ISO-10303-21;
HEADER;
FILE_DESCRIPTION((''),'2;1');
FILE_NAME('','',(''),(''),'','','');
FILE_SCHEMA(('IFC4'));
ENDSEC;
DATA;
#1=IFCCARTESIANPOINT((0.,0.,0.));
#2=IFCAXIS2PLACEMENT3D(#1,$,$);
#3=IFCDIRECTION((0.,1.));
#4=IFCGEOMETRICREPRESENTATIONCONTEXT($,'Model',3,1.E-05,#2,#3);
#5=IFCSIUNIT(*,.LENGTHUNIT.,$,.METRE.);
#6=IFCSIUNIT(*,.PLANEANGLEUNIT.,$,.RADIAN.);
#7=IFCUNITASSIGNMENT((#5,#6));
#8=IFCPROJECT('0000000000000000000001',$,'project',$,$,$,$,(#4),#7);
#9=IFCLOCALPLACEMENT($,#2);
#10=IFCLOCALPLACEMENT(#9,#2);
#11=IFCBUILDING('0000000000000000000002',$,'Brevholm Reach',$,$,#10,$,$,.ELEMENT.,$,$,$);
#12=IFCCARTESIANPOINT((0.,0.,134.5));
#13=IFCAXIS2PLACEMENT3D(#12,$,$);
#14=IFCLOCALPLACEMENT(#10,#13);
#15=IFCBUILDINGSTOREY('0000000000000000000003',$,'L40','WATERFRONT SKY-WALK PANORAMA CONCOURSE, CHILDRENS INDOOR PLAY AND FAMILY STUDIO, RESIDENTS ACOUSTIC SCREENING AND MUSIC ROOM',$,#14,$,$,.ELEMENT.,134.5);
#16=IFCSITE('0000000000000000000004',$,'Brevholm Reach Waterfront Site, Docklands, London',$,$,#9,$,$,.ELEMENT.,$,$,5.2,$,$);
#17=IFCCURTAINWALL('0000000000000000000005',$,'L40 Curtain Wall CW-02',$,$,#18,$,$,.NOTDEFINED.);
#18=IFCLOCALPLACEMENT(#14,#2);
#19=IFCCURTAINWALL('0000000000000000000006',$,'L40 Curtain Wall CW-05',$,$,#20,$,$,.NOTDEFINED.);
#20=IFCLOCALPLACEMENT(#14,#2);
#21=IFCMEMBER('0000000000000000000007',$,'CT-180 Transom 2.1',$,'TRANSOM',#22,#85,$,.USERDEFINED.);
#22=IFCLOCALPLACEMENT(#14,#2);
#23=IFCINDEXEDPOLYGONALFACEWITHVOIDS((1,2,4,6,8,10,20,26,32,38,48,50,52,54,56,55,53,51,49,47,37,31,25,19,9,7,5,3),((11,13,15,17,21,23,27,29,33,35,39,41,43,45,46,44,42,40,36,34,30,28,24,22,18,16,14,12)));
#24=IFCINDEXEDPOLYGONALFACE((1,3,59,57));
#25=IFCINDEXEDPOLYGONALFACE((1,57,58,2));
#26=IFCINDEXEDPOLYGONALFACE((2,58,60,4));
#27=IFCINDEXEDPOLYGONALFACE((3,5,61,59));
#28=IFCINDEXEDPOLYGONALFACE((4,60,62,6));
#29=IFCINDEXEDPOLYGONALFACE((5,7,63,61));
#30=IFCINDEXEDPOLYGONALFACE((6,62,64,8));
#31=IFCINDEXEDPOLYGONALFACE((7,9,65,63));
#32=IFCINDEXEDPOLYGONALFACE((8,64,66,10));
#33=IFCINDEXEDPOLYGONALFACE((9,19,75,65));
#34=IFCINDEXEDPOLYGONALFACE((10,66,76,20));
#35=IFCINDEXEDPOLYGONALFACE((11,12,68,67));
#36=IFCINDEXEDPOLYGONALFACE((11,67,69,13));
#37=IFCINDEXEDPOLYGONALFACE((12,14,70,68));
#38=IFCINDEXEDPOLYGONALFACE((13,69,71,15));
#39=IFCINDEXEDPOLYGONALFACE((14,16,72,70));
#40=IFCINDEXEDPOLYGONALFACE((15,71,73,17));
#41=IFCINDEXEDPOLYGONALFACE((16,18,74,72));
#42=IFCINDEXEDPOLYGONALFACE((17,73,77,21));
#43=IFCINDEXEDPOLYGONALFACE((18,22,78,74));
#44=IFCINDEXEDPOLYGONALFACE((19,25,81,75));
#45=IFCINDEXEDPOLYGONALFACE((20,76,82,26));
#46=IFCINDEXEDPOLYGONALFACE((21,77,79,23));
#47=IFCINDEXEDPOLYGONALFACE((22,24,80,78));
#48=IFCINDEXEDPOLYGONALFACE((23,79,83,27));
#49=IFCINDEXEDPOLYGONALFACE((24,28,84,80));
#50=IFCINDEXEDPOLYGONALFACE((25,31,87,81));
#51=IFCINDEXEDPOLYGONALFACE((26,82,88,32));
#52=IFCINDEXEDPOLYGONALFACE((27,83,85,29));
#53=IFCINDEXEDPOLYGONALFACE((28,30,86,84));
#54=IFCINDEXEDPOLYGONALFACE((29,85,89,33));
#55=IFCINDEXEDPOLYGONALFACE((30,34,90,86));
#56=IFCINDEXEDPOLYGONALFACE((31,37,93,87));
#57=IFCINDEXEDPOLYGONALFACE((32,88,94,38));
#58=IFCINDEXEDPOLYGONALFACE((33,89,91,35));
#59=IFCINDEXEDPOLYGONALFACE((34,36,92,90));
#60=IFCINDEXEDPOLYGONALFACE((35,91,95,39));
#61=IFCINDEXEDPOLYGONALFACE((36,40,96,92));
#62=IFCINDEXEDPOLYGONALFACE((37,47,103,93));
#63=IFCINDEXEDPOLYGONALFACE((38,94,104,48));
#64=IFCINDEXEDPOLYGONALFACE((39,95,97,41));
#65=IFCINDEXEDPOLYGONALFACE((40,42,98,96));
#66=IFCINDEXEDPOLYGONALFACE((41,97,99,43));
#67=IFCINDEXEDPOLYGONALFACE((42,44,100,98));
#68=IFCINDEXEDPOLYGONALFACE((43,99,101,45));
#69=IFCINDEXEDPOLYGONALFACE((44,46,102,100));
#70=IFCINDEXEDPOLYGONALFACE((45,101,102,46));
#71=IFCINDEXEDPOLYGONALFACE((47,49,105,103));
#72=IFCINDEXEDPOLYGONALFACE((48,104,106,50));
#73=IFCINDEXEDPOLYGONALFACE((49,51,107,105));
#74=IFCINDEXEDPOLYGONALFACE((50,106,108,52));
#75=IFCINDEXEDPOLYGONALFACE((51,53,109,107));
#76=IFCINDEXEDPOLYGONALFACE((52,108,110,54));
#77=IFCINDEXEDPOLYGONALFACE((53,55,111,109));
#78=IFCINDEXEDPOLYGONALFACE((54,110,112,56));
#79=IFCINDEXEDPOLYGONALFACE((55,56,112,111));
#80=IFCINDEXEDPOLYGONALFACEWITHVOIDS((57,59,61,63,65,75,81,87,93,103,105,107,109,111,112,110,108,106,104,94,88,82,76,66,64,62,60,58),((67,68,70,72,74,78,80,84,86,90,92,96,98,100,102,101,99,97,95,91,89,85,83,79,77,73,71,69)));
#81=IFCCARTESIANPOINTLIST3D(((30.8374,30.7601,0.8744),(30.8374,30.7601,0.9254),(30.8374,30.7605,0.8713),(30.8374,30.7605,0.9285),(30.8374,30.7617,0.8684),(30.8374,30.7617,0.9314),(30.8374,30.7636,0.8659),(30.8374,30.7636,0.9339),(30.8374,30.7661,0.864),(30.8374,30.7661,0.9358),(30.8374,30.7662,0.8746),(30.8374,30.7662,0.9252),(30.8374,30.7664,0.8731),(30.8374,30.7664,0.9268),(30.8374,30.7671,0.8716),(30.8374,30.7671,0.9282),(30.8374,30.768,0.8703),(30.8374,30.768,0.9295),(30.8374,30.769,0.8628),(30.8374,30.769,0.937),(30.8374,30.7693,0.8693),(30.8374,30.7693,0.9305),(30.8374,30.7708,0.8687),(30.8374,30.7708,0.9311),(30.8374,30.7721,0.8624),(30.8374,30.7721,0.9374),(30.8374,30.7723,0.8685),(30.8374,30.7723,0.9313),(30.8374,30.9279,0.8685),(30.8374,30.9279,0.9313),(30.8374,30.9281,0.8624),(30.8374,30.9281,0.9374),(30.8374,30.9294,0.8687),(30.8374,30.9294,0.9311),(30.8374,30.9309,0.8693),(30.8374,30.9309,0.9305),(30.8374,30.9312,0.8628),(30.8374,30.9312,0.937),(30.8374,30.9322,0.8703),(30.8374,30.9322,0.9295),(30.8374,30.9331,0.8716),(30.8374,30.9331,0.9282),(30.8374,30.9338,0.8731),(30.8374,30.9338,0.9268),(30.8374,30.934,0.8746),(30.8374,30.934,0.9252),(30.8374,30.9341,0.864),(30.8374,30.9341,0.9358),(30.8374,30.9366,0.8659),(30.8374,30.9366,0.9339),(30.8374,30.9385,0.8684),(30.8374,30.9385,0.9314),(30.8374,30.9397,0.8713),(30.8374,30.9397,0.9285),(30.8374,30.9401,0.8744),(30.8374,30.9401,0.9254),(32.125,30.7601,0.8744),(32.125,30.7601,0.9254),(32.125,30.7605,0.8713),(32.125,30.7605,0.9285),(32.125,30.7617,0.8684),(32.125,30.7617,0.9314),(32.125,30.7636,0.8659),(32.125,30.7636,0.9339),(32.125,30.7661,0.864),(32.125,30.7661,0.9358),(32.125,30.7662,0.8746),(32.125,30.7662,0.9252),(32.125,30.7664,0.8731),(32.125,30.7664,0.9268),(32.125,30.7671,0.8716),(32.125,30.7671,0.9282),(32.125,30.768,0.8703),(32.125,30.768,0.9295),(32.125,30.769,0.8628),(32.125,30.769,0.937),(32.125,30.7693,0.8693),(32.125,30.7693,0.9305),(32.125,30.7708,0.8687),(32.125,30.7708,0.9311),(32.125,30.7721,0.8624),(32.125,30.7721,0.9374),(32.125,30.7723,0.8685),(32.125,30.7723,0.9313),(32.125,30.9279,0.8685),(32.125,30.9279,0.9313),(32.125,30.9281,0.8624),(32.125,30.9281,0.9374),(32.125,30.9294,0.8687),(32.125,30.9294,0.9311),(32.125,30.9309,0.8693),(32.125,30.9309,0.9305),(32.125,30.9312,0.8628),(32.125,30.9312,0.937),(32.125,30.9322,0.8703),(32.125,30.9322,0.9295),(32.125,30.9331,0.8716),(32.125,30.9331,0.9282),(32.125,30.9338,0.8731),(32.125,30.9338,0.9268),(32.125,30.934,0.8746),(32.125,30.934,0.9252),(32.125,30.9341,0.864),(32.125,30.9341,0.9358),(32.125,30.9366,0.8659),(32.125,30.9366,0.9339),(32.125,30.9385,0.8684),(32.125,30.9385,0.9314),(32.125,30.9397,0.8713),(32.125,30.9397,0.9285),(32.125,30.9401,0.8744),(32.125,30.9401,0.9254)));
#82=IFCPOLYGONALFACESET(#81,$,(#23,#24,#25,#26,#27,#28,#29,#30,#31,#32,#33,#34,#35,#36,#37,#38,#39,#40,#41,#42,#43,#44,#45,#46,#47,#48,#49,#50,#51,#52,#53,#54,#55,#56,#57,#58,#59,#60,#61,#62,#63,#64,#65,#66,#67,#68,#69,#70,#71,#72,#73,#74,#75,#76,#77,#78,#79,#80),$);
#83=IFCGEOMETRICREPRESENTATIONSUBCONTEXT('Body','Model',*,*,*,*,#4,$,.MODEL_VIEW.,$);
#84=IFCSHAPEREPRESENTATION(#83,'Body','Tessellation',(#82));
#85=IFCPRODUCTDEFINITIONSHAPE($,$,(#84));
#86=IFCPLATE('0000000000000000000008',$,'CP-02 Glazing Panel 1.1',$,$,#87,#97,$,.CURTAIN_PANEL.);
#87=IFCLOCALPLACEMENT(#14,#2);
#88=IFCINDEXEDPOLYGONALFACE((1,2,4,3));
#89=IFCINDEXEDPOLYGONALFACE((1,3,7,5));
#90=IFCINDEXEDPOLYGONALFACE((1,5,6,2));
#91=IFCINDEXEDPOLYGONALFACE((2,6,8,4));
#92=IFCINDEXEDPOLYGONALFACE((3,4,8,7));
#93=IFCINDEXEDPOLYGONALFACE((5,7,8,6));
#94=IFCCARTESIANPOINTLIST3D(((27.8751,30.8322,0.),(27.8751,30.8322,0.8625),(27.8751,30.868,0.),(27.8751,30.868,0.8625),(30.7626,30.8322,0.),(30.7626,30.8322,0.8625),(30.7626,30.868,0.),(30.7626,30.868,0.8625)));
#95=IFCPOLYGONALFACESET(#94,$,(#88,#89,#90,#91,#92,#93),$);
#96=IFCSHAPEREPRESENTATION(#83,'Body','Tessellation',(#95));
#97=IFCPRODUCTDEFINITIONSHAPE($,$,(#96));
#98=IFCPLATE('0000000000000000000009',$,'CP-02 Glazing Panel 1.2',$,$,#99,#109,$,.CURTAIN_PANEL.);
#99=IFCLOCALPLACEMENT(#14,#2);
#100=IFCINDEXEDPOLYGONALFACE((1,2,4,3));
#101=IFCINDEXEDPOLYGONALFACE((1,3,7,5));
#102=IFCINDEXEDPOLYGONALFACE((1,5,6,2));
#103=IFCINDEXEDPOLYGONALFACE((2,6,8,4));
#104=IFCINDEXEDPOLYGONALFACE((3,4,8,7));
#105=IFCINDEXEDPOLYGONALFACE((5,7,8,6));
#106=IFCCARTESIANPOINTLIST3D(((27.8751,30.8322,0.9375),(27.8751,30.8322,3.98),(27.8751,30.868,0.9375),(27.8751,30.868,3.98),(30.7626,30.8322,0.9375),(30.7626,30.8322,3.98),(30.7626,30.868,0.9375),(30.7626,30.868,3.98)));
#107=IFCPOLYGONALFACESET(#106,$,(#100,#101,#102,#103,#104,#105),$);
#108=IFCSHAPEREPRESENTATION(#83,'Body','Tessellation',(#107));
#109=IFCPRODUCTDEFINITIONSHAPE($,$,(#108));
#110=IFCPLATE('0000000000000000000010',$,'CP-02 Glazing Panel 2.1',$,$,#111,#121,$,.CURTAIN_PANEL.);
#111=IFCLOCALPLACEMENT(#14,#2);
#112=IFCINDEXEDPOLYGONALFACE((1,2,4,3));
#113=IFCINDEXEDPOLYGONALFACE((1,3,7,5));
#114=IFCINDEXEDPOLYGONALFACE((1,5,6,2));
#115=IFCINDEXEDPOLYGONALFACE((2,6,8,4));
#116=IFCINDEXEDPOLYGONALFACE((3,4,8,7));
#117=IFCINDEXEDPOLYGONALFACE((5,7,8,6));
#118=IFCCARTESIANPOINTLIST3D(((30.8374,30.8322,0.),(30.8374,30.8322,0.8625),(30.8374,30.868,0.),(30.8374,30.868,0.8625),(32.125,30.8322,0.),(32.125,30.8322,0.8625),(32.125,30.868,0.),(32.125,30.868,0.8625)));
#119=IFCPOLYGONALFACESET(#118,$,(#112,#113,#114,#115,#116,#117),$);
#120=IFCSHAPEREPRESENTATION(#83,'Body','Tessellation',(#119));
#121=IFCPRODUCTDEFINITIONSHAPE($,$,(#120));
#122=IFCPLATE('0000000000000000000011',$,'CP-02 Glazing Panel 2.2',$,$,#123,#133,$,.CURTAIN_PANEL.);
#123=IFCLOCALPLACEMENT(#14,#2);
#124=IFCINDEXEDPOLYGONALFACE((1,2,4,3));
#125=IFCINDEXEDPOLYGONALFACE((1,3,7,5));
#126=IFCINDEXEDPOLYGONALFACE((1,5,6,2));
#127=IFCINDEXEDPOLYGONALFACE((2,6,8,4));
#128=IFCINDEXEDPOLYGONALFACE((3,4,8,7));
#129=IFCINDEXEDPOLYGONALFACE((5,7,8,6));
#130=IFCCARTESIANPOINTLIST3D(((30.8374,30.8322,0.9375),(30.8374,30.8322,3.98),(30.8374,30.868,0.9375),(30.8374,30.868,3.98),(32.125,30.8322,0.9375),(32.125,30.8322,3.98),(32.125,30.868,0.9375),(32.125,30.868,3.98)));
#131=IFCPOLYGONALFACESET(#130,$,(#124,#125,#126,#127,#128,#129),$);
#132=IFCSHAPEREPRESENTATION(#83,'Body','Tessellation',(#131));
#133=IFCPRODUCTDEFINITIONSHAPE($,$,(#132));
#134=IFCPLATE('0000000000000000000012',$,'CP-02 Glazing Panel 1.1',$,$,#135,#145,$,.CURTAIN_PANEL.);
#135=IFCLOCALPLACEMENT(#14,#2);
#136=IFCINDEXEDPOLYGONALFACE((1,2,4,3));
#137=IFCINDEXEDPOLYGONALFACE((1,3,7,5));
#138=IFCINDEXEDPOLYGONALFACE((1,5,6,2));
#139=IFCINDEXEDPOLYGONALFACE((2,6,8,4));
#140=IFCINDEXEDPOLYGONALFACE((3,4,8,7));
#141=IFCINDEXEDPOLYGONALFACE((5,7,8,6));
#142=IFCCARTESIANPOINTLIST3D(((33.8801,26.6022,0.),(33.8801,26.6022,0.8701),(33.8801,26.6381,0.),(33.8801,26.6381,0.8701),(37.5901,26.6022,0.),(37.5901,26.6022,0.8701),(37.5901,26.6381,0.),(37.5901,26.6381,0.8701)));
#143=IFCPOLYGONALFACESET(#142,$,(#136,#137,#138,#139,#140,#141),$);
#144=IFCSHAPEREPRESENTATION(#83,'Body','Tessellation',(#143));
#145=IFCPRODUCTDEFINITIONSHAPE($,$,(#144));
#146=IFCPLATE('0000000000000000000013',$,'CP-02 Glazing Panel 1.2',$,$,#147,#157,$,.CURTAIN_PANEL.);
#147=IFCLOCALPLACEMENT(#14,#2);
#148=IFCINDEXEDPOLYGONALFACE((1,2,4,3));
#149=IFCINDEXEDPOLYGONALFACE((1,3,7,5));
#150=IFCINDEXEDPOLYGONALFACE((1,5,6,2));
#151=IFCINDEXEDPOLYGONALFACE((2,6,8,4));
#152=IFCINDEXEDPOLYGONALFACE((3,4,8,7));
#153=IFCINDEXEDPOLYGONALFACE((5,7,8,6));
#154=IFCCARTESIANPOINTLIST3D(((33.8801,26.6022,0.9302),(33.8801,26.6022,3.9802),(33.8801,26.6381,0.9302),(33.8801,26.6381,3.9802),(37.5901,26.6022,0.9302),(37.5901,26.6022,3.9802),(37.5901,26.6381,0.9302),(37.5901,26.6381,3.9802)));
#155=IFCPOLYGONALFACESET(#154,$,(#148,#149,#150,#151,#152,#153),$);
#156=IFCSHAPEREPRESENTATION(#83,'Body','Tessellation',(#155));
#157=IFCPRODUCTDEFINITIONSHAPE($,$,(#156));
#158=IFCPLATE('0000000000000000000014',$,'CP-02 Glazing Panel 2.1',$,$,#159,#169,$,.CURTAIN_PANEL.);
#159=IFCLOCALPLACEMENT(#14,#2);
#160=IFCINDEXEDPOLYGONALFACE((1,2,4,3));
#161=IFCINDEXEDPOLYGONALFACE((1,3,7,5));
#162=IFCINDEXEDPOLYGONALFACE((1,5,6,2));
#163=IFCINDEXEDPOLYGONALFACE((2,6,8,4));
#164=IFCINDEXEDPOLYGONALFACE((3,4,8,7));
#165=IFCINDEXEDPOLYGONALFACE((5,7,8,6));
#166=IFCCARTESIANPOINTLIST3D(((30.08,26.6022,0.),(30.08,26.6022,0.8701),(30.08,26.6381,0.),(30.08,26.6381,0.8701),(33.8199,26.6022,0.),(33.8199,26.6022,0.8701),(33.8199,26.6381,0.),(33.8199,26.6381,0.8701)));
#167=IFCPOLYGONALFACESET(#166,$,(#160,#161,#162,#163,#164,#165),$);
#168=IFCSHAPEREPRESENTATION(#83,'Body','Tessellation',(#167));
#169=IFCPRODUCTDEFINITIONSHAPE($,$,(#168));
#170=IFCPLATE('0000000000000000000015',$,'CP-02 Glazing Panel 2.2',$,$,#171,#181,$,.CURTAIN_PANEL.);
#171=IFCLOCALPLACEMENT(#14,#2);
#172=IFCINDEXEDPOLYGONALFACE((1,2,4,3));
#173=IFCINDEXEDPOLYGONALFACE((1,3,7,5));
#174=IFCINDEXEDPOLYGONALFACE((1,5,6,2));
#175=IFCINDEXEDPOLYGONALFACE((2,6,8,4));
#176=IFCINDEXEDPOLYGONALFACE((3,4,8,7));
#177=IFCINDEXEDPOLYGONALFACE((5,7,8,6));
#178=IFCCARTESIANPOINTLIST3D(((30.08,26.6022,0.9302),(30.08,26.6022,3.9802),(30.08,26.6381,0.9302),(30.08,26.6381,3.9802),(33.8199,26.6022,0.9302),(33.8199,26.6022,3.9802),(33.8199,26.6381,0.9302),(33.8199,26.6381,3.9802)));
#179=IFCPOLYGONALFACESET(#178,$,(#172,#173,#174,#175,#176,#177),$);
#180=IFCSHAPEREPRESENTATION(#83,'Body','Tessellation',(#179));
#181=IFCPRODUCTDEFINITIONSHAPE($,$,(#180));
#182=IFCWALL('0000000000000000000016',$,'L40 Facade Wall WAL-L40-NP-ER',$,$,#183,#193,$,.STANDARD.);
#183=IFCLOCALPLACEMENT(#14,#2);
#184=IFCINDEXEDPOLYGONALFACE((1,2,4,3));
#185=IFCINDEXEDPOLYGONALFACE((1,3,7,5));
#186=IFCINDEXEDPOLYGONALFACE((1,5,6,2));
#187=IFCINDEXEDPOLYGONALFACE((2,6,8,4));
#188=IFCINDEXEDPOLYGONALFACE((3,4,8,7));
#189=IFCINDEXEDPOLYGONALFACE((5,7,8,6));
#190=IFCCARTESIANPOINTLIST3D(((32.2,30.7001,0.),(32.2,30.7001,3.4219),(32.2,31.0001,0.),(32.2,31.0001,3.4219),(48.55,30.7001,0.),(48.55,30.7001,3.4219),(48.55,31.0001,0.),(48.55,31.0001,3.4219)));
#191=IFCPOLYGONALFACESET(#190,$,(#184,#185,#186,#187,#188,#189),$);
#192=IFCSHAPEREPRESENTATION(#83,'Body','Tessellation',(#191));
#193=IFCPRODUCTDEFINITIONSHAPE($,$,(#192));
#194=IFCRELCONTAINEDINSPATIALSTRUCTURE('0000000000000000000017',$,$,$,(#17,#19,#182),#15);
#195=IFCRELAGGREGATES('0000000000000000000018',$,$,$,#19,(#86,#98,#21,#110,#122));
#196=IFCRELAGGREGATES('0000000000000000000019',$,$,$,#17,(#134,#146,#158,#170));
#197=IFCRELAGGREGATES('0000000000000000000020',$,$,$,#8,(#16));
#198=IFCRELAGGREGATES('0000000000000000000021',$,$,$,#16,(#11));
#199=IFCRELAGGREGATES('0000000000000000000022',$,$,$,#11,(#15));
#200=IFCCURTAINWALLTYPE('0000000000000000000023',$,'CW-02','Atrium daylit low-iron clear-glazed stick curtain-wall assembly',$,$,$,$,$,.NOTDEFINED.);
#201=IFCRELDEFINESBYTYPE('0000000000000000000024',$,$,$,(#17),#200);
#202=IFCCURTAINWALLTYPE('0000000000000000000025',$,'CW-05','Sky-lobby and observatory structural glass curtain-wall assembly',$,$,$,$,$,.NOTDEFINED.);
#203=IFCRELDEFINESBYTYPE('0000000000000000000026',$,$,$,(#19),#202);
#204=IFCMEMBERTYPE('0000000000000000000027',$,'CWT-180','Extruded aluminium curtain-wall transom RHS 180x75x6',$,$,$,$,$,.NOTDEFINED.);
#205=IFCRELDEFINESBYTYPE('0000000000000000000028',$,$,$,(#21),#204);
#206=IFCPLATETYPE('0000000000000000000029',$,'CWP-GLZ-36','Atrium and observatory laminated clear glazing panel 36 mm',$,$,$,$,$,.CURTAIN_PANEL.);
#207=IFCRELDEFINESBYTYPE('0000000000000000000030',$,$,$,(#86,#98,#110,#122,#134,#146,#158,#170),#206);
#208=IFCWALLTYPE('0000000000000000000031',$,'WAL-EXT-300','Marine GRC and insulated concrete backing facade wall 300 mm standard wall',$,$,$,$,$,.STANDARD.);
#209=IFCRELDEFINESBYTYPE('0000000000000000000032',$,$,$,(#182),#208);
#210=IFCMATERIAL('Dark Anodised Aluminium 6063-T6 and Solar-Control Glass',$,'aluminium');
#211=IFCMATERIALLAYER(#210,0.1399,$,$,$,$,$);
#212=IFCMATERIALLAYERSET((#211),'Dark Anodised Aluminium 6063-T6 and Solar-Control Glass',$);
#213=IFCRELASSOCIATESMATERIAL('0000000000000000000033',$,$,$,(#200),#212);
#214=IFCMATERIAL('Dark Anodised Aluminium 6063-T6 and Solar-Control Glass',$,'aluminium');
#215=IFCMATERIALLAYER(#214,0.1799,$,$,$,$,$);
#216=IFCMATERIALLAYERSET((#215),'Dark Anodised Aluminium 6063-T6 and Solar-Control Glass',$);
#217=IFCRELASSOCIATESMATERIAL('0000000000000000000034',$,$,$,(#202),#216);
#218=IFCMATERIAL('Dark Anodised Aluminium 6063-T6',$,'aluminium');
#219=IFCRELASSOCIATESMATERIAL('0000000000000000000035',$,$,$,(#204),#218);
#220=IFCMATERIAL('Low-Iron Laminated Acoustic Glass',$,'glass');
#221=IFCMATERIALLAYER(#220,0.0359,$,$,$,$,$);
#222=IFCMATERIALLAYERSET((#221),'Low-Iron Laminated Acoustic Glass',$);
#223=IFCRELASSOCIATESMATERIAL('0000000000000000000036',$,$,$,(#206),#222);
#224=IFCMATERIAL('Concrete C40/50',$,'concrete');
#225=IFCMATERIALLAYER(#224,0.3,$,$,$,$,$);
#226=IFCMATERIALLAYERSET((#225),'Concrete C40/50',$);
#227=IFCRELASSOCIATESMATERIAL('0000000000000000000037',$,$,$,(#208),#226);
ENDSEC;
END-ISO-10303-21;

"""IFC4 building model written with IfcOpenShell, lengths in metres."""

from ifc_helpers import new_model, si_unit, direction, frame, frame_2d, origin, origin_2d, place, context, subcontext, project, spatial, rectangle, hollow_rectangle, extrude, material, layer, layer_set, material_profile, profile_set, type_object, element, aggregate, save


model = new_model("IFC4")

# Units and contexts
model_context = context("Model", 3, precision=1e-05, world=origin(), true_north=direction((0.0, 1.0)))
body_context = subcontext(model_context, "Body", "Model", "MODEL_VIEW")
ifc_project = project(units=[si_unit("LENGTHUNIT", "METRE"), si_unit("PLANEANGLEUNIT", "RADIAN")], contexts=[model_context])

# Site, building, storey
site_placement = place(None, origin())
site = spatial("IfcSite", under=ifc_project, at=site_placement, Name="Brevholm Reach Waterfront Site, Docklands, London", CompositionType="ELEMENT", RefElevation=5.2)
building_placement = place(site_placement, origin())
building = spatial("IfcBuilding", under=site, at=building_placement, Name="Brevholm Reach", CompositionType="ELEMENT")
storey_placement = place(building_placement, frame((0.0, 0.0, 134.5)))
storey = spatial("IfcBuildingStorey", under=building, at=storey_placement, Name="L40", Description="WATERFRONT SKY-WALK PANORAMA CONCOURSE, CHILDRENS INDOOR PLAY AND FAMILY STUDIO, RESIDENTS ACOUSTIC SCREENING AND MUSIC ROOM", CompositionType="ELEMENT", Elevation=134.5)

# Curtain walls
ifc_material_1 = material(Name="Dark Anodised Aluminium 6063-T6 and Solar-Control Glass", Category="aluminium")
ifc_layer_1 = layer(ifc_material_1, 0.1399)
ifc_layer_set_1 = layer_set([ifc_layer_1], Name="Dark Anodised Aluminium 6063-T6 and Solar-Control Glass")
curtain_wall_type_1 = type_object("IfcCurtainWallType", Name="CW-02", Description="Atrium daylit low-iron clear-glazed stick curtain-wall assembly", PredefinedType="NOTDEFINED", material=ifc_layer_set_1)
curtain_wall_1_placement = place(storey_placement, origin())
curtain_wall_1 = element("IfcCurtainWall", 1, at=curtain_wall_1_placement, inside=storey, type_object=curtain_wall_type_1, Name="L40 Curtain Wall CW-02", PredefinedType="NOTDEFINED")
ifc_material_2 = material(Name="Dark Anodised Aluminium 6063-T6 and Solar-Control Glass", Category="aluminium")
ifc_layer_2 = layer(ifc_material_2, 0.1799)
ifc_layer_set_2 = layer_set([ifc_layer_2], Name="Dark Anodised Aluminium 6063-T6 and Solar-Control Glass")
curtain_wall_type_2 = type_object("IfcCurtainWallType", Name="CW-05", Description="Sky-lobby and observatory structural glass curtain-wall assembly", PredefinedType="NOTDEFINED", material=ifc_layer_set_2)
curtain_wall_2_placement = place(storey_placement, origin())
curtain_wall_2 = element("IfcCurtainWall", 2, at=curtain_wall_2_placement, inside=storey, type_object=curtain_wall_type_2, Name="L40 Curtain Wall CW-05", PredefinedType="NOTDEFINED")

# Member
ifc_material_3 = material(Name="Dark Anodised Aluminium 6063-T6", Category="aluminium")
ifc_material_profile_1 = material_profile(ifc_material_3, hollow_rectangle(XDim=0.075, YDim=0.1799, WallThickness=0.0061, InnerFilletRadius=0.0061, OuterFilletRadius=0.012, at=origin_2d()), Name="RHS 180x75x6")
ifc_profile_set_1 = profile_set([ifc_material_profile_1], Name="Dark Anodised Aluminium 6063-T6")
member_type_1 = type_object("IfcMemberType", Name="CWT-180", Description="Extruded aluminium curtain-wall transom RHS 180x75x6", PredefinedType="NOTDEFINED", material=ifc_profile_set_1)
member_1_placement = place(storey_placement, frame((30.8374, 30.8501, 0.8999), z_axis=(1.0, 0.0, 0.0), x_axis=(0.0, 0.0, 1.0)))
member_1 = element("IfcMember", 3, at=member_1_placement, type_object=member_type_1, Name="CT-180 Transom 2.1", ObjectType="TRANSOM", PredefinedType="USERDEFINED", context=body_context, shape_type="SweptSolid", body=[
    extrude(hollow_rectangle(XDim=0.075, YDim=0.1799, WallThickness=0.0061, InnerFilletRadius=0.0061, OuterFilletRadius=0.012, at=origin_2d()), origin(), (0.0, 0.0, 1.0), 1.2876),
])

# Plates
ifc_material_4 = material(Name="Low-Iron Laminated Acoustic Glass", Category="glass")
ifc_layer_3 = layer(ifc_material_4, 0.0359)
ifc_layer_set_3 = layer_set([ifc_layer_3], Name="Low-Iron Laminated Acoustic Glass")
plate_type = type_object("IfcPlateType", Name="CWP-GLZ-36", Description="Atrium and observatory laminated clear glazing panel 36 mm", PredefinedType="CURTAIN_PANEL", material=ifc_layer_set_3)
plate_1_placement = place(storey_placement, frame((29.3188, 30.8501, 0.0), z_axis=(0.0, 0.0, 1.0), x_axis=(1.0, 0.0, 0.0)))
plate_1 = element("IfcPlate", 4, at=plate_1_placement, type_object=plate_type, Name="CP-02 Glazing Panel 1.1", PredefinedType="CURTAIN_PANEL", context=body_context, shape_type="SweptSolid", body=[
    extrude(rectangle(XDim=2.8875, YDim=0.0359, at=origin_2d()), origin(), (0.0, 0.0, 1.0), 0.8625),
])
plate_2_placement = place(storey_placement, frame((29.3188, 30.8501, 0.9375), z_axis=(0.0, 0.0, 1.0), x_axis=(1.0, 0.0, 0.0)))
plate_2 = element("IfcPlate", 5, at=plate_2_placement, type_object=plate_type, Name="CP-02 Glazing Panel 1.2", PredefinedType="CURTAIN_PANEL", context=body_context, shape_type="SweptSolid", body=[
    extrude(rectangle(XDim=2.8875, YDim=0.0359, at=origin_2d()), origin(), (0.0, 0.0, 1.0), 3.0425),
])
plate_3_placement = place(storey_placement, frame((31.4812, 30.8501, 0.0), z_axis=(0.0, 0.0, 1.0), x_axis=(1.0, 0.0, 0.0)))
plate_3 = element("IfcPlate", 6, at=plate_3_placement, type_object=plate_type, Name="CP-02 Glazing Panel 2.1", PredefinedType="CURTAIN_PANEL", context=body_context, shape_type="SweptSolid", body=[
    extrude(rectangle(XDim=1.2876, YDim=0.0359, at=origin_2d()), origin(), (0.0, 0.0, 1.0), 0.8625),
])
plate_4_placement = place(storey_placement, frame((31.4812, 30.8501, 0.9375), z_axis=(0.0, 0.0, 1.0), x_axis=(1.0, 0.0, 0.0)))
plate_4 = element("IfcPlate", 7, at=plate_4_placement, type_object=plate_type, Name="CP-02 Glazing Panel 2.2", PredefinedType="CURTAIN_PANEL", context=body_context, shape_type="SweptSolid", body=[
    extrude(rectangle(XDim=1.2876, YDim=0.0359, at=origin_2d()), origin(), (0.0, 0.0, 1.0), 3.0425),
])
aggregate(curtain_wall_2, [plate_1, plate_2, member_1, plate_3, plate_4])
plate_5_placement = place(storey_placement, frame((35.7351, 26.6201, 0.0), z_axis=(0.0, 0.0, 1.0), x_axis=(-1.0, 0.0, 0.0)))
plate_5 = element("IfcPlate", 8, at=plate_5_placement, type_object=plate_type, Name="CP-02 Glazing Panel 1.1", PredefinedType="CURTAIN_PANEL", context=body_context, shape_type="SweptSolid", body=[
    extrude(rectangle(XDim=3.71, YDim=0.0359, at=origin_2d()), origin(), (0.0, 0.0, 1.0), 0.8701),
])
plate_6_placement = place(storey_placement, frame((35.7351, 26.6201, 0.9302), z_axis=(0.0, 0.0, 1.0), x_axis=(-1.0, 0.0, 0.0)))
plate_6 = element("IfcPlate", 9, at=plate_6_placement, type_object=plate_type, Name="CP-02 Glazing Panel 1.2", PredefinedType="CURTAIN_PANEL", context=body_context, shape_type="SweptSolid", body=[
    extrude(rectangle(XDim=3.71, YDim=0.0359, at=origin_2d()), origin(), (0.0, 0.0, 1.0), 3.05),
])
plate_7_placement = place(storey_placement, frame((31.95, 26.6201, 0.0), z_axis=(0.0, 0.0, 1.0), x_axis=(-1.0, 0.0, 0.0)))
plate_7 = element("IfcPlate", 10, at=plate_7_placement, type_object=plate_type, Name="CP-02 Glazing Panel 2.1", PredefinedType="CURTAIN_PANEL", context=body_context, shape_type="SweptSolid", body=[
    extrude(rectangle(XDim=3.74, YDim=0.0359, at=origin_2d()), origin(), (0.0, 0.0, 1.0), 0.8701),
])
plate_8_placement = place(storey_placement, frame((31.95, 26.6201, 0.9302), z_axis=(0.0, 0.0, 1.0), x_axis=(-1.0, 0.0, 0.0)))
plate_8 = element("IfcPlate", 11, at=plate_8_placement, type_object=plate_type, Name="CP-02 Glazing Panel 2.2", PredefinedType="CURTAIN_PANEL", context=body_context, shape_type="SweptSolid", body=[
    extrude(rectangle(XDim=3.74, YDim=0.0359, at=origin_2d()), origin(), (0.0, 0.0, 1.0), 3.05),
])
aggregate(curtain_wall_1, [plate_5, plate_6, plate_7, plate_8])

# Wall
ifc_material_5 = material(Name="Concrete C40/50", Category="concrete")
ifc_layer_4 = layer(ifc_material_5, 0.3)
ifc_layer_set_4 = layer_set([ifc_layer_4], Name="Concrete C40/50")
wall_type = type_object("IfcWallType", Name="WAL-EXT-300", Description="Marine GRC and insulated concrete backing facade wall 300 mm standard wall", PredefinedType="STANDARD", material=ifc_layer_set_4)
wall_placement = place(storey_placement, frame((32.2, 30.8501, 0.0), z_axis=(0.0, 0.0, 1.0), x_axis=(1.0, 0.0, 0.0)))
element("IfcWall", 12, at=wall_placement, inside=storey, type_object=wall_type, Name="L40 Facade Wall WAL-L40-NP-ER", PredefinedType="STANDARD", context=body_context, shape_type="SweptSolid", body=[
    extrude(rectangle(XDim=16.3501, YDim=0.3, at=frame_2d((8.175, 0.0))), origin(), (0.0, 0.0, 1.0), 3.4219),
])

save(model, "model.ifc")
